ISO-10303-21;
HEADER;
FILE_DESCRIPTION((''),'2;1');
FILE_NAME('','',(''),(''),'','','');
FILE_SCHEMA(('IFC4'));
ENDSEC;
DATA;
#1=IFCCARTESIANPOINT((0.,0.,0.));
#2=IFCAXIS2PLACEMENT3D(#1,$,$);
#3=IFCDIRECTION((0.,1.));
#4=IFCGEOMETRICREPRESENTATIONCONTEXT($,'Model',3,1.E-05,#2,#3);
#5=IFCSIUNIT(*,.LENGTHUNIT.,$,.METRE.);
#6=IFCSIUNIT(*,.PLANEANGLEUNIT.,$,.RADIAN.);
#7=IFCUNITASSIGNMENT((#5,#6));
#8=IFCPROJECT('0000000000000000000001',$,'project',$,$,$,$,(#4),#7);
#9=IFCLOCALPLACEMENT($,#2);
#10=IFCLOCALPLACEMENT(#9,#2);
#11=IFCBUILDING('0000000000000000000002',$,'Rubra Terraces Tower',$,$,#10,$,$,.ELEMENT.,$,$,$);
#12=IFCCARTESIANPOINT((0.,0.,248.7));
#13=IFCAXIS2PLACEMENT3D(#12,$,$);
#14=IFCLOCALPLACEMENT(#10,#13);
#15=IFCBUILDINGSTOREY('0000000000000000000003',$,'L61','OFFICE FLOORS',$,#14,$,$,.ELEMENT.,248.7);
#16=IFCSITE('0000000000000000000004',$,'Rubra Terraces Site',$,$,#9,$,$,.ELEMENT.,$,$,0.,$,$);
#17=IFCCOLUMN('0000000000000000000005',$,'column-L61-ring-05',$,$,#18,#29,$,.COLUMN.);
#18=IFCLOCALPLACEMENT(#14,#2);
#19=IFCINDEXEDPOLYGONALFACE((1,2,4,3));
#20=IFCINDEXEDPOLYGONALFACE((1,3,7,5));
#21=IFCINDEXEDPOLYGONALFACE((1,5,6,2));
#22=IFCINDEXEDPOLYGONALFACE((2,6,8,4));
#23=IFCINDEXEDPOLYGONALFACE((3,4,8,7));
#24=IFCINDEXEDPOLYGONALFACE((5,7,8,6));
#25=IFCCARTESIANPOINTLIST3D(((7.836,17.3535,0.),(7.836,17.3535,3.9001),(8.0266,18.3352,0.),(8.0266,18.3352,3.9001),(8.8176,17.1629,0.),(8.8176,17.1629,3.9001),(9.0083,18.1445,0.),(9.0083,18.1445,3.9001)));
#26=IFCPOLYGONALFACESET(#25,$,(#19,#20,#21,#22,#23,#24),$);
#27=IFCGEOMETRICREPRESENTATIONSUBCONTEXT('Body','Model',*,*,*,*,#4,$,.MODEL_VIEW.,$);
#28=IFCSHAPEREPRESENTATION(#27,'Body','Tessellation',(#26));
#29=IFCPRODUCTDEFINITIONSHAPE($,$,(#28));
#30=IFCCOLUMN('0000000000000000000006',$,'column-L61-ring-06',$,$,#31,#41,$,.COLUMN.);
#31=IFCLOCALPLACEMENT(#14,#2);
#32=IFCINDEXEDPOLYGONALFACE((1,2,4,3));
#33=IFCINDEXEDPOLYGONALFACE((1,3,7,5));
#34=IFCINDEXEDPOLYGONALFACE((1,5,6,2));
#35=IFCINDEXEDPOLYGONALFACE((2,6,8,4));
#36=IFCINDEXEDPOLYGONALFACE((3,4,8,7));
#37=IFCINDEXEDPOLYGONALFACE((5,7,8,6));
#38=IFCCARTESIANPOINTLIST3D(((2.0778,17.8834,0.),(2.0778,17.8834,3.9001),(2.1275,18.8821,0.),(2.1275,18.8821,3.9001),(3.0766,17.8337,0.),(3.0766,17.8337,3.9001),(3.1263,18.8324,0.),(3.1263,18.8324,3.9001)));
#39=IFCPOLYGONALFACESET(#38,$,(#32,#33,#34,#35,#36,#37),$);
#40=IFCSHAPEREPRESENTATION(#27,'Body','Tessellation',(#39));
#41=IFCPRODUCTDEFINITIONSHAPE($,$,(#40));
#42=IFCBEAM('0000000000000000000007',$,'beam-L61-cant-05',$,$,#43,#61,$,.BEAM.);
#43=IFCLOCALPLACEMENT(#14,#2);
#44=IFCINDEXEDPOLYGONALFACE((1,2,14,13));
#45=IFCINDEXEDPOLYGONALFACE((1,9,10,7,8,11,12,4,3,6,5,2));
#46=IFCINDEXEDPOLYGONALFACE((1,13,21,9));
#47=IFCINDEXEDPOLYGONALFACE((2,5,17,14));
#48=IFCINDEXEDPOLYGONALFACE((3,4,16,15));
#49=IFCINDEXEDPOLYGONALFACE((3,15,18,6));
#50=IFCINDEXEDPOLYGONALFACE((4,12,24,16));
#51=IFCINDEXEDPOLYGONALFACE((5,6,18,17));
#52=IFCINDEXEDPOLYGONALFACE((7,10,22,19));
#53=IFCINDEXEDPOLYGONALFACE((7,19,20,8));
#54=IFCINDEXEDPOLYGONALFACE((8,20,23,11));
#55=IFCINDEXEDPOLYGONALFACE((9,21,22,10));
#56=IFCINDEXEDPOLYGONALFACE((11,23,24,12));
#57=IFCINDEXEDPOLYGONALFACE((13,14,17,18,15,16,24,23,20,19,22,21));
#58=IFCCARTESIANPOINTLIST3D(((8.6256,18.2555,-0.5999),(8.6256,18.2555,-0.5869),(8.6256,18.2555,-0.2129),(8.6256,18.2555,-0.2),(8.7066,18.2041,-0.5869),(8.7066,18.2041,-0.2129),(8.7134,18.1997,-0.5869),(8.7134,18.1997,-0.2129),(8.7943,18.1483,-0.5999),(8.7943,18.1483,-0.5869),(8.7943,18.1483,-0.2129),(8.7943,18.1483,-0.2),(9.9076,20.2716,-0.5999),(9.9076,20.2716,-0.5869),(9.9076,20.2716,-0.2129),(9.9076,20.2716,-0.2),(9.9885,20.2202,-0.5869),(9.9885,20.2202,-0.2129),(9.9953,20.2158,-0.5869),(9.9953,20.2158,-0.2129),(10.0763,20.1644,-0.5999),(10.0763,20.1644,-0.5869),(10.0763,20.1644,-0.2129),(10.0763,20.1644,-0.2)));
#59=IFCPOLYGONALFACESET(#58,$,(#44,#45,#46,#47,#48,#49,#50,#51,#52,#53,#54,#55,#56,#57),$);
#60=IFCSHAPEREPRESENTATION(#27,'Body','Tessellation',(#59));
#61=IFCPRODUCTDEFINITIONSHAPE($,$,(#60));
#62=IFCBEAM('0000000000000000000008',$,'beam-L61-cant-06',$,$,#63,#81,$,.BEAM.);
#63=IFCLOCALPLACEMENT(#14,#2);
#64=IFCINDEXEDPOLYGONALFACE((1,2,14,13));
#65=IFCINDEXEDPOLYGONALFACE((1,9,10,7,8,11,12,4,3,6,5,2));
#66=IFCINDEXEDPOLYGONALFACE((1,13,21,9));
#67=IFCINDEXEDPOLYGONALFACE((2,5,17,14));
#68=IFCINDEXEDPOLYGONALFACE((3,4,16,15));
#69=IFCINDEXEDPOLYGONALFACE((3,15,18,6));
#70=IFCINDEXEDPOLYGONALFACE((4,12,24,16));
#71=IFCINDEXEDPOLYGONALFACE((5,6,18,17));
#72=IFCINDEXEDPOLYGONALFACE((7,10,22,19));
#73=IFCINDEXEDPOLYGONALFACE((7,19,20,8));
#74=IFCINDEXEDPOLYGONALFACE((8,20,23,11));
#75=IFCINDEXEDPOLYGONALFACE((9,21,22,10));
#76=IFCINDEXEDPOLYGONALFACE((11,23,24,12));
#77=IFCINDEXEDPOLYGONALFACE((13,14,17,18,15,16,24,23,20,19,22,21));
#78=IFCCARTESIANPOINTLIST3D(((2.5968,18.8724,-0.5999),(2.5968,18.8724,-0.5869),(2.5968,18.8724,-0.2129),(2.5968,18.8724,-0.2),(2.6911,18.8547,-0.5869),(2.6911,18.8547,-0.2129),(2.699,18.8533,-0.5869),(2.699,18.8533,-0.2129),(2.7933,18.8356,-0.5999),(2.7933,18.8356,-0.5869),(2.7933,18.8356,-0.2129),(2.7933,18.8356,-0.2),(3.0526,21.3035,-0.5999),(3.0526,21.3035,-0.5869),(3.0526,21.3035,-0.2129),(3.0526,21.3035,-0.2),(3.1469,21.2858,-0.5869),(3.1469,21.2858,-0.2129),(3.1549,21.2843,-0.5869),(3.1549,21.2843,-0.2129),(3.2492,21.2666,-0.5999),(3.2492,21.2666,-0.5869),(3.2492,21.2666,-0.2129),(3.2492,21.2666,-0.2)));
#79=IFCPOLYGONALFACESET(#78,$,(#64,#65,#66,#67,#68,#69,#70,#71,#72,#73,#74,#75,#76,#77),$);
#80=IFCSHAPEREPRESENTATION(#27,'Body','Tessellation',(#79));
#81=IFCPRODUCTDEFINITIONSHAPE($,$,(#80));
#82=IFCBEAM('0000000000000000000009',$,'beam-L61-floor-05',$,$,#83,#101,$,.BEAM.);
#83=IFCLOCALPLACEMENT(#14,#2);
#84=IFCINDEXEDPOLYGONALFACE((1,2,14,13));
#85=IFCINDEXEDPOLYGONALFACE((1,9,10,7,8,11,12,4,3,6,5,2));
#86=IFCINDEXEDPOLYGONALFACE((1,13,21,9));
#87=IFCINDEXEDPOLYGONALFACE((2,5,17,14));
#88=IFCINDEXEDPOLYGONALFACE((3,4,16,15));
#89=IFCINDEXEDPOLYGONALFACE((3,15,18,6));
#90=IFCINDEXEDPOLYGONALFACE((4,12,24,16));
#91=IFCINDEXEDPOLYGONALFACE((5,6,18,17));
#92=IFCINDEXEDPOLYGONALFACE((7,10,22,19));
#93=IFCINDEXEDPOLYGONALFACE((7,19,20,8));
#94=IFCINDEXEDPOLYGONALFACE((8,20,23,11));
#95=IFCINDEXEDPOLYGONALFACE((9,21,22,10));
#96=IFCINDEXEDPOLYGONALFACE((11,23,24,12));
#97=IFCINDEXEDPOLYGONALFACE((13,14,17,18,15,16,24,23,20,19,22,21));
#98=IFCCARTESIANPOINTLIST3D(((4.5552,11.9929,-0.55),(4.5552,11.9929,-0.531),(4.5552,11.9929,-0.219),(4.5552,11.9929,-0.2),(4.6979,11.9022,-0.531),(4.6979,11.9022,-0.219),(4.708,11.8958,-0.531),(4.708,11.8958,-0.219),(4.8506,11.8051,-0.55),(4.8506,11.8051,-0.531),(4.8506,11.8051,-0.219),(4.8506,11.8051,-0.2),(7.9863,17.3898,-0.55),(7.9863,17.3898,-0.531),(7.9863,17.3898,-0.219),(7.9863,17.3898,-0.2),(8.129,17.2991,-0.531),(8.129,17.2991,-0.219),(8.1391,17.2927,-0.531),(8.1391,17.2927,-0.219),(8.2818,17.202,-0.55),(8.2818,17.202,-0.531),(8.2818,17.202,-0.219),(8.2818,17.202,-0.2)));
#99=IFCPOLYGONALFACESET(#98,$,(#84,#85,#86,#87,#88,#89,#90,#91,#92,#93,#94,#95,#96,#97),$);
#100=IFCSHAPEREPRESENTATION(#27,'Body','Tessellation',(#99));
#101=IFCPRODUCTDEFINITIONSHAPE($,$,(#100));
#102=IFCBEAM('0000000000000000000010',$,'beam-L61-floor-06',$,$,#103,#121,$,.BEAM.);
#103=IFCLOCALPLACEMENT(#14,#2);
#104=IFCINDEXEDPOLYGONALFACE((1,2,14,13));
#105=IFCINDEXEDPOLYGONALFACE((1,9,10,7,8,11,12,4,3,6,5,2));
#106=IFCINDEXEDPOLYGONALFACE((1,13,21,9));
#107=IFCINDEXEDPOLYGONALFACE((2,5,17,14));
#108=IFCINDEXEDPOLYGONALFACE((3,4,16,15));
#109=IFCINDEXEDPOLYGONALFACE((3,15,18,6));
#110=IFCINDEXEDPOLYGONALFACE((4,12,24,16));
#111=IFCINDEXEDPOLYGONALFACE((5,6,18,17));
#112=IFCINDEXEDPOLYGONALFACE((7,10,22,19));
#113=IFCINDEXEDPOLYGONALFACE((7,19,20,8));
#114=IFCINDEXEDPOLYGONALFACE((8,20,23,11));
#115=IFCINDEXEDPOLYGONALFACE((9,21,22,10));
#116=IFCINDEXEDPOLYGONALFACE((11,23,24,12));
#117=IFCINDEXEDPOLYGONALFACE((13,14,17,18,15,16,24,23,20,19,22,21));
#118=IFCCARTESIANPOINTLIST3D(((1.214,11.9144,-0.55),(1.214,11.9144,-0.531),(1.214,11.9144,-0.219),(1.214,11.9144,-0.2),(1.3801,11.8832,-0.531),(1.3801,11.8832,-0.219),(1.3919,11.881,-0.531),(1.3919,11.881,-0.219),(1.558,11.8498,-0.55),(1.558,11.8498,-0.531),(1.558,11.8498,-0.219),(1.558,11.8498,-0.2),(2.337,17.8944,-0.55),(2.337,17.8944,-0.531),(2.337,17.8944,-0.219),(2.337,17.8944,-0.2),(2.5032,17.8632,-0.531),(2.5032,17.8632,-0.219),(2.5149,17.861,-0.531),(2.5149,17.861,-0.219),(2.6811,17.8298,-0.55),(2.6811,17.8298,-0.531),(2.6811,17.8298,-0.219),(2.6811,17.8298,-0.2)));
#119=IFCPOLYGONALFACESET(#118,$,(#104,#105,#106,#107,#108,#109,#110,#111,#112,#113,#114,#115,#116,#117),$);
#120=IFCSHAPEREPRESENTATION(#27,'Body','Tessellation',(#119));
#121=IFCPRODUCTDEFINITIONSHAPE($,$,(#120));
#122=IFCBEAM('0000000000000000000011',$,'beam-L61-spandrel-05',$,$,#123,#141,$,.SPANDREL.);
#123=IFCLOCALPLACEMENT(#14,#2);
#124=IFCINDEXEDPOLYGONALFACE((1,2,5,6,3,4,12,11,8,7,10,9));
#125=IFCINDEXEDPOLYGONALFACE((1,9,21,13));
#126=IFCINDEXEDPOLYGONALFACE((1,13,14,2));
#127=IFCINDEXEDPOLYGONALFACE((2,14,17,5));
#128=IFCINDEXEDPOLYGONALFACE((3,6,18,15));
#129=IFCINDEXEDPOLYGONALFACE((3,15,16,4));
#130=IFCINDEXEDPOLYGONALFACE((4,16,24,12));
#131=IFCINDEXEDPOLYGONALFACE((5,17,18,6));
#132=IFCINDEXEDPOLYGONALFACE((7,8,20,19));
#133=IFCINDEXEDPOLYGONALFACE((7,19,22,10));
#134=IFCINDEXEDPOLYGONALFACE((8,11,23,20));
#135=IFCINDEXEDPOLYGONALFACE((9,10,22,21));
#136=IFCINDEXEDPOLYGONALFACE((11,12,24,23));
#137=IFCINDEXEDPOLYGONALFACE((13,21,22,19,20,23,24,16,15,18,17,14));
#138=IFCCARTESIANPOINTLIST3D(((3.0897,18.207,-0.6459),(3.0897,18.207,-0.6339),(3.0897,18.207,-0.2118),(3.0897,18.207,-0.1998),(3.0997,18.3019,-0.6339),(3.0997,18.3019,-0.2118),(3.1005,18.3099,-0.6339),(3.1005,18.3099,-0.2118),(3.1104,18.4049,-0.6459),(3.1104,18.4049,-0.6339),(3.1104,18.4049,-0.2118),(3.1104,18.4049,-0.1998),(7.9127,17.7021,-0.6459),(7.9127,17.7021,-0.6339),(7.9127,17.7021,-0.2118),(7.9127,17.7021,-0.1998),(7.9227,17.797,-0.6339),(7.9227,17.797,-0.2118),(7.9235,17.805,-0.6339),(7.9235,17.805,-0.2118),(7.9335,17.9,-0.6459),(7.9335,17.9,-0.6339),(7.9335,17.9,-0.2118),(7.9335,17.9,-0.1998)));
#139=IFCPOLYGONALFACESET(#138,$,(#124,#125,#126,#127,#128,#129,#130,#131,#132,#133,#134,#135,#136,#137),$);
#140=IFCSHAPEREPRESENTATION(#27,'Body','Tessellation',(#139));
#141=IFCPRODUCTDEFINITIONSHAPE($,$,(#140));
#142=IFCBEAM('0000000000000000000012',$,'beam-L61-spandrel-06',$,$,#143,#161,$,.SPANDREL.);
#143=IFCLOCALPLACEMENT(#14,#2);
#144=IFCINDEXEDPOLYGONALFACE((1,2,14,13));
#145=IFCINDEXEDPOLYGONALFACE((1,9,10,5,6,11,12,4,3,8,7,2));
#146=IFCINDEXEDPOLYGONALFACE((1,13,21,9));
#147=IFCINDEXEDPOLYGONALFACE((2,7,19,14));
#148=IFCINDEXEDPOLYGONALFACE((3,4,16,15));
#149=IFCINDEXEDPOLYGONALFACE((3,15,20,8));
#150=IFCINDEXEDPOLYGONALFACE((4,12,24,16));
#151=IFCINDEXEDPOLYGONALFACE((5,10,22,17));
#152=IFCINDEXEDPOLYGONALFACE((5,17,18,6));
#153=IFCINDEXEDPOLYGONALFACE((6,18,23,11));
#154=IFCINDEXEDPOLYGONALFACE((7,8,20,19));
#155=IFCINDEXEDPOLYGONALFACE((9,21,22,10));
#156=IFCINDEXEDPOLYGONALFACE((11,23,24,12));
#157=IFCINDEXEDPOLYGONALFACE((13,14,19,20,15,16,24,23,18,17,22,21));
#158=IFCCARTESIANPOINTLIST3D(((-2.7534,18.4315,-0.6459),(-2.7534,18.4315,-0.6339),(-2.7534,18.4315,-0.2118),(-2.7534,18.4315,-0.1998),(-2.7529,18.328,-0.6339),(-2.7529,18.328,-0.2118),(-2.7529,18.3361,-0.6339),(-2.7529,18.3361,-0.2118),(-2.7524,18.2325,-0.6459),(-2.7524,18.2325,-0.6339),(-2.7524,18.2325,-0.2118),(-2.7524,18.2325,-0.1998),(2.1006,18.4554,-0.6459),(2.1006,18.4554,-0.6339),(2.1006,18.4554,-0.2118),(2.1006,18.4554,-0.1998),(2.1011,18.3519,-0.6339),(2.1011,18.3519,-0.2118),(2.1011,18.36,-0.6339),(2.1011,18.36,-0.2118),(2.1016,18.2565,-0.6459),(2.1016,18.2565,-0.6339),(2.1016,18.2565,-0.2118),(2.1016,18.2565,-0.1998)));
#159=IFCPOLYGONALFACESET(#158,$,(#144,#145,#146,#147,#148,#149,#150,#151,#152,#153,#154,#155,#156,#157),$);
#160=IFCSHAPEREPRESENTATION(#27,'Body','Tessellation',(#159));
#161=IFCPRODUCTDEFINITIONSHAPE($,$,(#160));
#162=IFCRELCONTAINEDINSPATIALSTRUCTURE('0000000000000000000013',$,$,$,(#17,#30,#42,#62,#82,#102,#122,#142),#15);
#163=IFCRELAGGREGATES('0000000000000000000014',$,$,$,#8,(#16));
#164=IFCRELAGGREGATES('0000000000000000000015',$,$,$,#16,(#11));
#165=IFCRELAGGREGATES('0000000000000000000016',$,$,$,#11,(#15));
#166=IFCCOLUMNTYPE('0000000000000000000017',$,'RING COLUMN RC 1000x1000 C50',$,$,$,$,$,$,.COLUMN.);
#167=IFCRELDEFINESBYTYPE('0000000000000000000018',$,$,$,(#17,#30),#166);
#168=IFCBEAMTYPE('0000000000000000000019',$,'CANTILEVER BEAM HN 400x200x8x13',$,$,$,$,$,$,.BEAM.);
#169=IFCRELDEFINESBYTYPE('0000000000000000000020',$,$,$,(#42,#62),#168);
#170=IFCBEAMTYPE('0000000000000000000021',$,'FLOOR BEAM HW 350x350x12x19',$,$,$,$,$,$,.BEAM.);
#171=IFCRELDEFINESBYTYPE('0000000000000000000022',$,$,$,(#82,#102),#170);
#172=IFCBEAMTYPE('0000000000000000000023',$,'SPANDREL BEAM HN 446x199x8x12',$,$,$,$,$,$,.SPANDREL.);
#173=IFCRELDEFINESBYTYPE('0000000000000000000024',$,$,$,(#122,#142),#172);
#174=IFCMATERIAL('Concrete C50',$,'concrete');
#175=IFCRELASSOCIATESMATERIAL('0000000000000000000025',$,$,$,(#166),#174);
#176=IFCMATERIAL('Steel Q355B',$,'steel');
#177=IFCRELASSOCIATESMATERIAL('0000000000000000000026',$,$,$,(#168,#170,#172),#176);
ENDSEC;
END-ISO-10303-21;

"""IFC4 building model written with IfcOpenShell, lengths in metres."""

from ifc_helpers import new_model, si_unit, direction, frame, origin, origin_2d, place, context, subcontext, project, spatial, rectangle, i_section, extrude, material, material_profile, profile_set, type_object, element, save


model = new_model("IFC4")

# Units and contexts
model_context = context("Model", 3, precision=1e-05, world=origin(), true_north=direction((0.0, 1.0)))
body_context = subcontext(model_context, "Body", "Model", "MODEL_VIEW")
ifc_project = project(units=[si_unit("LENGTHUNIT", "METRE"), si_unit("PLANEANGLEUNIT", "RADIAN")], contexts=[model_context])

# Site, building, storey
site_placement = place(None, origin())
site = spatial("IfcSite", under=ifc_project, at=site_placement, Name="Rubra Terraces Site", CompositionType="ELEMENT", RefElevation=0.0)
building_placement = place(site_placement, origin())
building = spatial("IfcBuilding", under=site, at=building_placement, Name="Rubra Terraces Tower", CompositionType="ELEMENT")
storey_placement = place(building_placement, frame((0.0, 0.0, 248.7)))
storey = spatial("IfcBuildingStorey", under=building, at=storey_placement, Name="L61", Description="OFFICE FLOORS", CompositionType="ELEMENT", Elevation=248.7)

# Columns
ifc_material_1 = material(Name="Concrete C50", Category="concrete")
ifc_material_profile_1 = material_profile(ifc_material_1, rectangle(XDim=1.0, YDim=1.0, at=origin_2d()), Name="RC 1000x1000")
ifc_profile_set_1 = profile_set([ifc_material_profile_1], Name="Concrete C50")
column_type = type_object("IfcColumnType", Name="RING COLUMN RC 1000x1000 C50", PredefinedType="COLUMN", material=ifc_profile_set_1)
for number, where, z_axis, x_axis, name in (
    (1, (8.4221, 17.749, 0.0), (0.0, 0.0, 1.0), (-0.981655, 0.190668, 0.0), "column-L61-ring-05"),
    (2, (2.6021, 18.3579, 0.0), (0.0, 0.0, 1.0), (-0.998764, 0.049699, 0.0), "column-L61-ring-06"),
):
    element("IfcColumn", number, at=place(storey_placement, frame(where, z_axis=z_axis, x_axis=x_axis)), inside=storey, type_object=column_type, Name=name, PredefinedType="COLUMN", context=body_context, shape_type="SweptSolid", body=[
        extrude(rectangle(XDim=1.0, YDim=1.0, at=origin_2d()), origin(), (0.0, 0.0, 1.0), 3.9001),
    ])

# Beams
ifc_material_2 = material(Name="Steel Q355B", Category="steel")
ifc_material_profile_2 = material_profile(ifc_material_2, i_section(OverallWidth=0.2, OverallDepth=0.3999, WebThickness=0.0081, FlangeThickness=0.0129, at=origin_2d()), Name="HN 400x200x8x13")
ifc_profile_set_2 = profile_set([ifc_material_profile_2], Name="Steel Q355B")
beam_type_1 = type_object("IfcBeamType", Name="CANTILEVER BEAM HN 400x200x8x13", PredefinedType="BEAM", material=ifc_profile_set_2)
beam_1_placement = place(storey_placement, frame((8.71, 18.2019, -0.3999), z_axis=(0.536578, 0.843851, 0.0), x_axis=(-0.843851, 0.536578, 0.0)))
element("IfcBeam", 3, at=beam_1_placement, inside=storey, type_object=beam_type_1, Name="beam-L61-cant-05", PredefinedType="BEAM", context=body_context, shape_type="SweptSolid", body=[
    extrude(i_section(OverallWidth=0.2, OverallDepth=0.3999, WebThickness=0.0081, FlangeThickness=0.0129, at=origin_2d()), origin(), (0.0, 0.0, 1.0), 2.3892),
])
beam_2_placement = place(storey_placement, frame((2.6951, 18.854, -0.3999), z_axis=(0.184294, 0.982871, 0.0), x_axis=(-0.982871, 0.184294, 0.0)))
element("IfcBeam", 4, at=beam_2_placement, inside=storey, type_object=beam_type_1, Name="beam-L61-cant-06", PredefinedType="BEAM", context=body_context, shape_type="SweptSolid", body=[
    extrude(i_section(OverallWidth=0.2, OverallDepth=0.3999, WebThickness=0.0081, FlangeThickness=0.0129, at=origin_2d()), origin(), (0.0, 0.0, 1.0), 2.4734),
])
ifc_material_profile_3 = material_profile(ifc_material_2, i_section(OverallWidth=0.3501, OverallDepth=0.3501, WebThickness=0.012, FlangeThickness=0.019, at=origin_2d()), Name="HW 350x350x12x19")
ifc_profile_set_3 = profile_set([ifc_material_profile_3], Name="Steel Q355B")
beam_type_2 = type_object("IfcBeamType", Name="FLOOR BEAM HW 350x350x12x19", PredefinedType="BEAM", material=ifc_profile_set_3)
beam_3_placement = place(storey_placement, frame((8.134, 17.2959, -0.375), z_axis=(-0.53651, -0.843894, 0.0), x_axis=(0.843894, -0.53651, 0.0)))
element("IfcBeam", 5, at=beam_3_placement, inside=storey, type_object=beam_type_2, Name="beam-L61-floor-05", PredefinedType="BEAM", context=body_context, shape_type="SweptSolid", body=[
    extrude(i_section(OverallWidth=0.3501, OverallDepth=0.3501, WebThickness=0.012, FlangeThickness=0.019, at=origin_2d()), origin(), (0.0, 0.0, 1.0), 6.3953),
])
beam_4_placement = place(storey_placement, frame((2.509, 17.8621, -0.375), z_axis=(-0.184574, -0.982819, 0.0), x_axis=(0.982819, -0.184574, 0.0)))
element("IfcBeam", 6, at=beam_4_placement, inside=storey, type_object=beam_type_2, Name="beam-L61-floor-06", PredefinedType="BEAM", context=body_context, shape_type="SweptSolid", body=[
    extrude(i_section(OverallWidth=0.3501, OverallDepth=0.3501, WebThickness=0.012, FlangeThickness=0.019, at=origin_2d()), origin(), (0.0, 0.0, 1.0), 6.0845),
])
ifc_material_profile_4 = material_profile(ifc_material_2, i_section(OverallWidth=0.199, OverallDepth=0.446, WebThickness=0.0081, FlangeThickness=0.012, at=origin_2d()), Name="HN 446x199x8x12")
ifc_profile_set_4 = profile_set([ifc_material_profile_4], Name="Steel Q355B")
beam_type_3 = type_object("IfcBeamType", Name="SPANDREL BEAM HN 446x199x8x12", PredefinedType="SPANDREL", material=ifc_profile_set_4)
beam_5_placement = place(storey_placement, frame((7.9231, 17.801, -0.4229), z_axis=(-0.994565, 0.104113, 0.0), x_axis=(-0.104113, -0.994565, 0.0)))
element("IfcBeam", 7, at=beam_5_placement, inside=storey, type_object=beam_type_3, Name="beam-L61-spandrel-05", PredefinedType="SPANDREL", context=body_context, shape_type="SweptSolid", body=[
    extrude(i_section(OverallWidth=0.199, OverallDepth=0.446, WebThickness=0.0081, FlangeThickness=0.012, at=origin_2d()), origin(), (0.0, 0.0, 1.0), 4.8494),
])
beam_6_placement = place(storey_placement, frame((2.1011, 18.356, -0.4229), z_axis=(-0.999988, -0.004929, 0.0), x_axis=(0.004929, -0.999988, 0.0)))
element("IfcBeam", 8, at=beam_6_placement, inside=storey, type_object=beam_type_3, Name="beam-L61-spandrel-06", PredefinedType="SPANDREL", context=body_context, shape_type="SweptSolid", body=[
    extrude(i_section(OverallWidth=0.199, OverallDepth=0.446, WebThickness=0.0081, FlangeThickness=0.012, at=origin_2d()), origin(), (0.0, 0.0, 1.0), 4.854),
])

save(model, "model.ifc")
